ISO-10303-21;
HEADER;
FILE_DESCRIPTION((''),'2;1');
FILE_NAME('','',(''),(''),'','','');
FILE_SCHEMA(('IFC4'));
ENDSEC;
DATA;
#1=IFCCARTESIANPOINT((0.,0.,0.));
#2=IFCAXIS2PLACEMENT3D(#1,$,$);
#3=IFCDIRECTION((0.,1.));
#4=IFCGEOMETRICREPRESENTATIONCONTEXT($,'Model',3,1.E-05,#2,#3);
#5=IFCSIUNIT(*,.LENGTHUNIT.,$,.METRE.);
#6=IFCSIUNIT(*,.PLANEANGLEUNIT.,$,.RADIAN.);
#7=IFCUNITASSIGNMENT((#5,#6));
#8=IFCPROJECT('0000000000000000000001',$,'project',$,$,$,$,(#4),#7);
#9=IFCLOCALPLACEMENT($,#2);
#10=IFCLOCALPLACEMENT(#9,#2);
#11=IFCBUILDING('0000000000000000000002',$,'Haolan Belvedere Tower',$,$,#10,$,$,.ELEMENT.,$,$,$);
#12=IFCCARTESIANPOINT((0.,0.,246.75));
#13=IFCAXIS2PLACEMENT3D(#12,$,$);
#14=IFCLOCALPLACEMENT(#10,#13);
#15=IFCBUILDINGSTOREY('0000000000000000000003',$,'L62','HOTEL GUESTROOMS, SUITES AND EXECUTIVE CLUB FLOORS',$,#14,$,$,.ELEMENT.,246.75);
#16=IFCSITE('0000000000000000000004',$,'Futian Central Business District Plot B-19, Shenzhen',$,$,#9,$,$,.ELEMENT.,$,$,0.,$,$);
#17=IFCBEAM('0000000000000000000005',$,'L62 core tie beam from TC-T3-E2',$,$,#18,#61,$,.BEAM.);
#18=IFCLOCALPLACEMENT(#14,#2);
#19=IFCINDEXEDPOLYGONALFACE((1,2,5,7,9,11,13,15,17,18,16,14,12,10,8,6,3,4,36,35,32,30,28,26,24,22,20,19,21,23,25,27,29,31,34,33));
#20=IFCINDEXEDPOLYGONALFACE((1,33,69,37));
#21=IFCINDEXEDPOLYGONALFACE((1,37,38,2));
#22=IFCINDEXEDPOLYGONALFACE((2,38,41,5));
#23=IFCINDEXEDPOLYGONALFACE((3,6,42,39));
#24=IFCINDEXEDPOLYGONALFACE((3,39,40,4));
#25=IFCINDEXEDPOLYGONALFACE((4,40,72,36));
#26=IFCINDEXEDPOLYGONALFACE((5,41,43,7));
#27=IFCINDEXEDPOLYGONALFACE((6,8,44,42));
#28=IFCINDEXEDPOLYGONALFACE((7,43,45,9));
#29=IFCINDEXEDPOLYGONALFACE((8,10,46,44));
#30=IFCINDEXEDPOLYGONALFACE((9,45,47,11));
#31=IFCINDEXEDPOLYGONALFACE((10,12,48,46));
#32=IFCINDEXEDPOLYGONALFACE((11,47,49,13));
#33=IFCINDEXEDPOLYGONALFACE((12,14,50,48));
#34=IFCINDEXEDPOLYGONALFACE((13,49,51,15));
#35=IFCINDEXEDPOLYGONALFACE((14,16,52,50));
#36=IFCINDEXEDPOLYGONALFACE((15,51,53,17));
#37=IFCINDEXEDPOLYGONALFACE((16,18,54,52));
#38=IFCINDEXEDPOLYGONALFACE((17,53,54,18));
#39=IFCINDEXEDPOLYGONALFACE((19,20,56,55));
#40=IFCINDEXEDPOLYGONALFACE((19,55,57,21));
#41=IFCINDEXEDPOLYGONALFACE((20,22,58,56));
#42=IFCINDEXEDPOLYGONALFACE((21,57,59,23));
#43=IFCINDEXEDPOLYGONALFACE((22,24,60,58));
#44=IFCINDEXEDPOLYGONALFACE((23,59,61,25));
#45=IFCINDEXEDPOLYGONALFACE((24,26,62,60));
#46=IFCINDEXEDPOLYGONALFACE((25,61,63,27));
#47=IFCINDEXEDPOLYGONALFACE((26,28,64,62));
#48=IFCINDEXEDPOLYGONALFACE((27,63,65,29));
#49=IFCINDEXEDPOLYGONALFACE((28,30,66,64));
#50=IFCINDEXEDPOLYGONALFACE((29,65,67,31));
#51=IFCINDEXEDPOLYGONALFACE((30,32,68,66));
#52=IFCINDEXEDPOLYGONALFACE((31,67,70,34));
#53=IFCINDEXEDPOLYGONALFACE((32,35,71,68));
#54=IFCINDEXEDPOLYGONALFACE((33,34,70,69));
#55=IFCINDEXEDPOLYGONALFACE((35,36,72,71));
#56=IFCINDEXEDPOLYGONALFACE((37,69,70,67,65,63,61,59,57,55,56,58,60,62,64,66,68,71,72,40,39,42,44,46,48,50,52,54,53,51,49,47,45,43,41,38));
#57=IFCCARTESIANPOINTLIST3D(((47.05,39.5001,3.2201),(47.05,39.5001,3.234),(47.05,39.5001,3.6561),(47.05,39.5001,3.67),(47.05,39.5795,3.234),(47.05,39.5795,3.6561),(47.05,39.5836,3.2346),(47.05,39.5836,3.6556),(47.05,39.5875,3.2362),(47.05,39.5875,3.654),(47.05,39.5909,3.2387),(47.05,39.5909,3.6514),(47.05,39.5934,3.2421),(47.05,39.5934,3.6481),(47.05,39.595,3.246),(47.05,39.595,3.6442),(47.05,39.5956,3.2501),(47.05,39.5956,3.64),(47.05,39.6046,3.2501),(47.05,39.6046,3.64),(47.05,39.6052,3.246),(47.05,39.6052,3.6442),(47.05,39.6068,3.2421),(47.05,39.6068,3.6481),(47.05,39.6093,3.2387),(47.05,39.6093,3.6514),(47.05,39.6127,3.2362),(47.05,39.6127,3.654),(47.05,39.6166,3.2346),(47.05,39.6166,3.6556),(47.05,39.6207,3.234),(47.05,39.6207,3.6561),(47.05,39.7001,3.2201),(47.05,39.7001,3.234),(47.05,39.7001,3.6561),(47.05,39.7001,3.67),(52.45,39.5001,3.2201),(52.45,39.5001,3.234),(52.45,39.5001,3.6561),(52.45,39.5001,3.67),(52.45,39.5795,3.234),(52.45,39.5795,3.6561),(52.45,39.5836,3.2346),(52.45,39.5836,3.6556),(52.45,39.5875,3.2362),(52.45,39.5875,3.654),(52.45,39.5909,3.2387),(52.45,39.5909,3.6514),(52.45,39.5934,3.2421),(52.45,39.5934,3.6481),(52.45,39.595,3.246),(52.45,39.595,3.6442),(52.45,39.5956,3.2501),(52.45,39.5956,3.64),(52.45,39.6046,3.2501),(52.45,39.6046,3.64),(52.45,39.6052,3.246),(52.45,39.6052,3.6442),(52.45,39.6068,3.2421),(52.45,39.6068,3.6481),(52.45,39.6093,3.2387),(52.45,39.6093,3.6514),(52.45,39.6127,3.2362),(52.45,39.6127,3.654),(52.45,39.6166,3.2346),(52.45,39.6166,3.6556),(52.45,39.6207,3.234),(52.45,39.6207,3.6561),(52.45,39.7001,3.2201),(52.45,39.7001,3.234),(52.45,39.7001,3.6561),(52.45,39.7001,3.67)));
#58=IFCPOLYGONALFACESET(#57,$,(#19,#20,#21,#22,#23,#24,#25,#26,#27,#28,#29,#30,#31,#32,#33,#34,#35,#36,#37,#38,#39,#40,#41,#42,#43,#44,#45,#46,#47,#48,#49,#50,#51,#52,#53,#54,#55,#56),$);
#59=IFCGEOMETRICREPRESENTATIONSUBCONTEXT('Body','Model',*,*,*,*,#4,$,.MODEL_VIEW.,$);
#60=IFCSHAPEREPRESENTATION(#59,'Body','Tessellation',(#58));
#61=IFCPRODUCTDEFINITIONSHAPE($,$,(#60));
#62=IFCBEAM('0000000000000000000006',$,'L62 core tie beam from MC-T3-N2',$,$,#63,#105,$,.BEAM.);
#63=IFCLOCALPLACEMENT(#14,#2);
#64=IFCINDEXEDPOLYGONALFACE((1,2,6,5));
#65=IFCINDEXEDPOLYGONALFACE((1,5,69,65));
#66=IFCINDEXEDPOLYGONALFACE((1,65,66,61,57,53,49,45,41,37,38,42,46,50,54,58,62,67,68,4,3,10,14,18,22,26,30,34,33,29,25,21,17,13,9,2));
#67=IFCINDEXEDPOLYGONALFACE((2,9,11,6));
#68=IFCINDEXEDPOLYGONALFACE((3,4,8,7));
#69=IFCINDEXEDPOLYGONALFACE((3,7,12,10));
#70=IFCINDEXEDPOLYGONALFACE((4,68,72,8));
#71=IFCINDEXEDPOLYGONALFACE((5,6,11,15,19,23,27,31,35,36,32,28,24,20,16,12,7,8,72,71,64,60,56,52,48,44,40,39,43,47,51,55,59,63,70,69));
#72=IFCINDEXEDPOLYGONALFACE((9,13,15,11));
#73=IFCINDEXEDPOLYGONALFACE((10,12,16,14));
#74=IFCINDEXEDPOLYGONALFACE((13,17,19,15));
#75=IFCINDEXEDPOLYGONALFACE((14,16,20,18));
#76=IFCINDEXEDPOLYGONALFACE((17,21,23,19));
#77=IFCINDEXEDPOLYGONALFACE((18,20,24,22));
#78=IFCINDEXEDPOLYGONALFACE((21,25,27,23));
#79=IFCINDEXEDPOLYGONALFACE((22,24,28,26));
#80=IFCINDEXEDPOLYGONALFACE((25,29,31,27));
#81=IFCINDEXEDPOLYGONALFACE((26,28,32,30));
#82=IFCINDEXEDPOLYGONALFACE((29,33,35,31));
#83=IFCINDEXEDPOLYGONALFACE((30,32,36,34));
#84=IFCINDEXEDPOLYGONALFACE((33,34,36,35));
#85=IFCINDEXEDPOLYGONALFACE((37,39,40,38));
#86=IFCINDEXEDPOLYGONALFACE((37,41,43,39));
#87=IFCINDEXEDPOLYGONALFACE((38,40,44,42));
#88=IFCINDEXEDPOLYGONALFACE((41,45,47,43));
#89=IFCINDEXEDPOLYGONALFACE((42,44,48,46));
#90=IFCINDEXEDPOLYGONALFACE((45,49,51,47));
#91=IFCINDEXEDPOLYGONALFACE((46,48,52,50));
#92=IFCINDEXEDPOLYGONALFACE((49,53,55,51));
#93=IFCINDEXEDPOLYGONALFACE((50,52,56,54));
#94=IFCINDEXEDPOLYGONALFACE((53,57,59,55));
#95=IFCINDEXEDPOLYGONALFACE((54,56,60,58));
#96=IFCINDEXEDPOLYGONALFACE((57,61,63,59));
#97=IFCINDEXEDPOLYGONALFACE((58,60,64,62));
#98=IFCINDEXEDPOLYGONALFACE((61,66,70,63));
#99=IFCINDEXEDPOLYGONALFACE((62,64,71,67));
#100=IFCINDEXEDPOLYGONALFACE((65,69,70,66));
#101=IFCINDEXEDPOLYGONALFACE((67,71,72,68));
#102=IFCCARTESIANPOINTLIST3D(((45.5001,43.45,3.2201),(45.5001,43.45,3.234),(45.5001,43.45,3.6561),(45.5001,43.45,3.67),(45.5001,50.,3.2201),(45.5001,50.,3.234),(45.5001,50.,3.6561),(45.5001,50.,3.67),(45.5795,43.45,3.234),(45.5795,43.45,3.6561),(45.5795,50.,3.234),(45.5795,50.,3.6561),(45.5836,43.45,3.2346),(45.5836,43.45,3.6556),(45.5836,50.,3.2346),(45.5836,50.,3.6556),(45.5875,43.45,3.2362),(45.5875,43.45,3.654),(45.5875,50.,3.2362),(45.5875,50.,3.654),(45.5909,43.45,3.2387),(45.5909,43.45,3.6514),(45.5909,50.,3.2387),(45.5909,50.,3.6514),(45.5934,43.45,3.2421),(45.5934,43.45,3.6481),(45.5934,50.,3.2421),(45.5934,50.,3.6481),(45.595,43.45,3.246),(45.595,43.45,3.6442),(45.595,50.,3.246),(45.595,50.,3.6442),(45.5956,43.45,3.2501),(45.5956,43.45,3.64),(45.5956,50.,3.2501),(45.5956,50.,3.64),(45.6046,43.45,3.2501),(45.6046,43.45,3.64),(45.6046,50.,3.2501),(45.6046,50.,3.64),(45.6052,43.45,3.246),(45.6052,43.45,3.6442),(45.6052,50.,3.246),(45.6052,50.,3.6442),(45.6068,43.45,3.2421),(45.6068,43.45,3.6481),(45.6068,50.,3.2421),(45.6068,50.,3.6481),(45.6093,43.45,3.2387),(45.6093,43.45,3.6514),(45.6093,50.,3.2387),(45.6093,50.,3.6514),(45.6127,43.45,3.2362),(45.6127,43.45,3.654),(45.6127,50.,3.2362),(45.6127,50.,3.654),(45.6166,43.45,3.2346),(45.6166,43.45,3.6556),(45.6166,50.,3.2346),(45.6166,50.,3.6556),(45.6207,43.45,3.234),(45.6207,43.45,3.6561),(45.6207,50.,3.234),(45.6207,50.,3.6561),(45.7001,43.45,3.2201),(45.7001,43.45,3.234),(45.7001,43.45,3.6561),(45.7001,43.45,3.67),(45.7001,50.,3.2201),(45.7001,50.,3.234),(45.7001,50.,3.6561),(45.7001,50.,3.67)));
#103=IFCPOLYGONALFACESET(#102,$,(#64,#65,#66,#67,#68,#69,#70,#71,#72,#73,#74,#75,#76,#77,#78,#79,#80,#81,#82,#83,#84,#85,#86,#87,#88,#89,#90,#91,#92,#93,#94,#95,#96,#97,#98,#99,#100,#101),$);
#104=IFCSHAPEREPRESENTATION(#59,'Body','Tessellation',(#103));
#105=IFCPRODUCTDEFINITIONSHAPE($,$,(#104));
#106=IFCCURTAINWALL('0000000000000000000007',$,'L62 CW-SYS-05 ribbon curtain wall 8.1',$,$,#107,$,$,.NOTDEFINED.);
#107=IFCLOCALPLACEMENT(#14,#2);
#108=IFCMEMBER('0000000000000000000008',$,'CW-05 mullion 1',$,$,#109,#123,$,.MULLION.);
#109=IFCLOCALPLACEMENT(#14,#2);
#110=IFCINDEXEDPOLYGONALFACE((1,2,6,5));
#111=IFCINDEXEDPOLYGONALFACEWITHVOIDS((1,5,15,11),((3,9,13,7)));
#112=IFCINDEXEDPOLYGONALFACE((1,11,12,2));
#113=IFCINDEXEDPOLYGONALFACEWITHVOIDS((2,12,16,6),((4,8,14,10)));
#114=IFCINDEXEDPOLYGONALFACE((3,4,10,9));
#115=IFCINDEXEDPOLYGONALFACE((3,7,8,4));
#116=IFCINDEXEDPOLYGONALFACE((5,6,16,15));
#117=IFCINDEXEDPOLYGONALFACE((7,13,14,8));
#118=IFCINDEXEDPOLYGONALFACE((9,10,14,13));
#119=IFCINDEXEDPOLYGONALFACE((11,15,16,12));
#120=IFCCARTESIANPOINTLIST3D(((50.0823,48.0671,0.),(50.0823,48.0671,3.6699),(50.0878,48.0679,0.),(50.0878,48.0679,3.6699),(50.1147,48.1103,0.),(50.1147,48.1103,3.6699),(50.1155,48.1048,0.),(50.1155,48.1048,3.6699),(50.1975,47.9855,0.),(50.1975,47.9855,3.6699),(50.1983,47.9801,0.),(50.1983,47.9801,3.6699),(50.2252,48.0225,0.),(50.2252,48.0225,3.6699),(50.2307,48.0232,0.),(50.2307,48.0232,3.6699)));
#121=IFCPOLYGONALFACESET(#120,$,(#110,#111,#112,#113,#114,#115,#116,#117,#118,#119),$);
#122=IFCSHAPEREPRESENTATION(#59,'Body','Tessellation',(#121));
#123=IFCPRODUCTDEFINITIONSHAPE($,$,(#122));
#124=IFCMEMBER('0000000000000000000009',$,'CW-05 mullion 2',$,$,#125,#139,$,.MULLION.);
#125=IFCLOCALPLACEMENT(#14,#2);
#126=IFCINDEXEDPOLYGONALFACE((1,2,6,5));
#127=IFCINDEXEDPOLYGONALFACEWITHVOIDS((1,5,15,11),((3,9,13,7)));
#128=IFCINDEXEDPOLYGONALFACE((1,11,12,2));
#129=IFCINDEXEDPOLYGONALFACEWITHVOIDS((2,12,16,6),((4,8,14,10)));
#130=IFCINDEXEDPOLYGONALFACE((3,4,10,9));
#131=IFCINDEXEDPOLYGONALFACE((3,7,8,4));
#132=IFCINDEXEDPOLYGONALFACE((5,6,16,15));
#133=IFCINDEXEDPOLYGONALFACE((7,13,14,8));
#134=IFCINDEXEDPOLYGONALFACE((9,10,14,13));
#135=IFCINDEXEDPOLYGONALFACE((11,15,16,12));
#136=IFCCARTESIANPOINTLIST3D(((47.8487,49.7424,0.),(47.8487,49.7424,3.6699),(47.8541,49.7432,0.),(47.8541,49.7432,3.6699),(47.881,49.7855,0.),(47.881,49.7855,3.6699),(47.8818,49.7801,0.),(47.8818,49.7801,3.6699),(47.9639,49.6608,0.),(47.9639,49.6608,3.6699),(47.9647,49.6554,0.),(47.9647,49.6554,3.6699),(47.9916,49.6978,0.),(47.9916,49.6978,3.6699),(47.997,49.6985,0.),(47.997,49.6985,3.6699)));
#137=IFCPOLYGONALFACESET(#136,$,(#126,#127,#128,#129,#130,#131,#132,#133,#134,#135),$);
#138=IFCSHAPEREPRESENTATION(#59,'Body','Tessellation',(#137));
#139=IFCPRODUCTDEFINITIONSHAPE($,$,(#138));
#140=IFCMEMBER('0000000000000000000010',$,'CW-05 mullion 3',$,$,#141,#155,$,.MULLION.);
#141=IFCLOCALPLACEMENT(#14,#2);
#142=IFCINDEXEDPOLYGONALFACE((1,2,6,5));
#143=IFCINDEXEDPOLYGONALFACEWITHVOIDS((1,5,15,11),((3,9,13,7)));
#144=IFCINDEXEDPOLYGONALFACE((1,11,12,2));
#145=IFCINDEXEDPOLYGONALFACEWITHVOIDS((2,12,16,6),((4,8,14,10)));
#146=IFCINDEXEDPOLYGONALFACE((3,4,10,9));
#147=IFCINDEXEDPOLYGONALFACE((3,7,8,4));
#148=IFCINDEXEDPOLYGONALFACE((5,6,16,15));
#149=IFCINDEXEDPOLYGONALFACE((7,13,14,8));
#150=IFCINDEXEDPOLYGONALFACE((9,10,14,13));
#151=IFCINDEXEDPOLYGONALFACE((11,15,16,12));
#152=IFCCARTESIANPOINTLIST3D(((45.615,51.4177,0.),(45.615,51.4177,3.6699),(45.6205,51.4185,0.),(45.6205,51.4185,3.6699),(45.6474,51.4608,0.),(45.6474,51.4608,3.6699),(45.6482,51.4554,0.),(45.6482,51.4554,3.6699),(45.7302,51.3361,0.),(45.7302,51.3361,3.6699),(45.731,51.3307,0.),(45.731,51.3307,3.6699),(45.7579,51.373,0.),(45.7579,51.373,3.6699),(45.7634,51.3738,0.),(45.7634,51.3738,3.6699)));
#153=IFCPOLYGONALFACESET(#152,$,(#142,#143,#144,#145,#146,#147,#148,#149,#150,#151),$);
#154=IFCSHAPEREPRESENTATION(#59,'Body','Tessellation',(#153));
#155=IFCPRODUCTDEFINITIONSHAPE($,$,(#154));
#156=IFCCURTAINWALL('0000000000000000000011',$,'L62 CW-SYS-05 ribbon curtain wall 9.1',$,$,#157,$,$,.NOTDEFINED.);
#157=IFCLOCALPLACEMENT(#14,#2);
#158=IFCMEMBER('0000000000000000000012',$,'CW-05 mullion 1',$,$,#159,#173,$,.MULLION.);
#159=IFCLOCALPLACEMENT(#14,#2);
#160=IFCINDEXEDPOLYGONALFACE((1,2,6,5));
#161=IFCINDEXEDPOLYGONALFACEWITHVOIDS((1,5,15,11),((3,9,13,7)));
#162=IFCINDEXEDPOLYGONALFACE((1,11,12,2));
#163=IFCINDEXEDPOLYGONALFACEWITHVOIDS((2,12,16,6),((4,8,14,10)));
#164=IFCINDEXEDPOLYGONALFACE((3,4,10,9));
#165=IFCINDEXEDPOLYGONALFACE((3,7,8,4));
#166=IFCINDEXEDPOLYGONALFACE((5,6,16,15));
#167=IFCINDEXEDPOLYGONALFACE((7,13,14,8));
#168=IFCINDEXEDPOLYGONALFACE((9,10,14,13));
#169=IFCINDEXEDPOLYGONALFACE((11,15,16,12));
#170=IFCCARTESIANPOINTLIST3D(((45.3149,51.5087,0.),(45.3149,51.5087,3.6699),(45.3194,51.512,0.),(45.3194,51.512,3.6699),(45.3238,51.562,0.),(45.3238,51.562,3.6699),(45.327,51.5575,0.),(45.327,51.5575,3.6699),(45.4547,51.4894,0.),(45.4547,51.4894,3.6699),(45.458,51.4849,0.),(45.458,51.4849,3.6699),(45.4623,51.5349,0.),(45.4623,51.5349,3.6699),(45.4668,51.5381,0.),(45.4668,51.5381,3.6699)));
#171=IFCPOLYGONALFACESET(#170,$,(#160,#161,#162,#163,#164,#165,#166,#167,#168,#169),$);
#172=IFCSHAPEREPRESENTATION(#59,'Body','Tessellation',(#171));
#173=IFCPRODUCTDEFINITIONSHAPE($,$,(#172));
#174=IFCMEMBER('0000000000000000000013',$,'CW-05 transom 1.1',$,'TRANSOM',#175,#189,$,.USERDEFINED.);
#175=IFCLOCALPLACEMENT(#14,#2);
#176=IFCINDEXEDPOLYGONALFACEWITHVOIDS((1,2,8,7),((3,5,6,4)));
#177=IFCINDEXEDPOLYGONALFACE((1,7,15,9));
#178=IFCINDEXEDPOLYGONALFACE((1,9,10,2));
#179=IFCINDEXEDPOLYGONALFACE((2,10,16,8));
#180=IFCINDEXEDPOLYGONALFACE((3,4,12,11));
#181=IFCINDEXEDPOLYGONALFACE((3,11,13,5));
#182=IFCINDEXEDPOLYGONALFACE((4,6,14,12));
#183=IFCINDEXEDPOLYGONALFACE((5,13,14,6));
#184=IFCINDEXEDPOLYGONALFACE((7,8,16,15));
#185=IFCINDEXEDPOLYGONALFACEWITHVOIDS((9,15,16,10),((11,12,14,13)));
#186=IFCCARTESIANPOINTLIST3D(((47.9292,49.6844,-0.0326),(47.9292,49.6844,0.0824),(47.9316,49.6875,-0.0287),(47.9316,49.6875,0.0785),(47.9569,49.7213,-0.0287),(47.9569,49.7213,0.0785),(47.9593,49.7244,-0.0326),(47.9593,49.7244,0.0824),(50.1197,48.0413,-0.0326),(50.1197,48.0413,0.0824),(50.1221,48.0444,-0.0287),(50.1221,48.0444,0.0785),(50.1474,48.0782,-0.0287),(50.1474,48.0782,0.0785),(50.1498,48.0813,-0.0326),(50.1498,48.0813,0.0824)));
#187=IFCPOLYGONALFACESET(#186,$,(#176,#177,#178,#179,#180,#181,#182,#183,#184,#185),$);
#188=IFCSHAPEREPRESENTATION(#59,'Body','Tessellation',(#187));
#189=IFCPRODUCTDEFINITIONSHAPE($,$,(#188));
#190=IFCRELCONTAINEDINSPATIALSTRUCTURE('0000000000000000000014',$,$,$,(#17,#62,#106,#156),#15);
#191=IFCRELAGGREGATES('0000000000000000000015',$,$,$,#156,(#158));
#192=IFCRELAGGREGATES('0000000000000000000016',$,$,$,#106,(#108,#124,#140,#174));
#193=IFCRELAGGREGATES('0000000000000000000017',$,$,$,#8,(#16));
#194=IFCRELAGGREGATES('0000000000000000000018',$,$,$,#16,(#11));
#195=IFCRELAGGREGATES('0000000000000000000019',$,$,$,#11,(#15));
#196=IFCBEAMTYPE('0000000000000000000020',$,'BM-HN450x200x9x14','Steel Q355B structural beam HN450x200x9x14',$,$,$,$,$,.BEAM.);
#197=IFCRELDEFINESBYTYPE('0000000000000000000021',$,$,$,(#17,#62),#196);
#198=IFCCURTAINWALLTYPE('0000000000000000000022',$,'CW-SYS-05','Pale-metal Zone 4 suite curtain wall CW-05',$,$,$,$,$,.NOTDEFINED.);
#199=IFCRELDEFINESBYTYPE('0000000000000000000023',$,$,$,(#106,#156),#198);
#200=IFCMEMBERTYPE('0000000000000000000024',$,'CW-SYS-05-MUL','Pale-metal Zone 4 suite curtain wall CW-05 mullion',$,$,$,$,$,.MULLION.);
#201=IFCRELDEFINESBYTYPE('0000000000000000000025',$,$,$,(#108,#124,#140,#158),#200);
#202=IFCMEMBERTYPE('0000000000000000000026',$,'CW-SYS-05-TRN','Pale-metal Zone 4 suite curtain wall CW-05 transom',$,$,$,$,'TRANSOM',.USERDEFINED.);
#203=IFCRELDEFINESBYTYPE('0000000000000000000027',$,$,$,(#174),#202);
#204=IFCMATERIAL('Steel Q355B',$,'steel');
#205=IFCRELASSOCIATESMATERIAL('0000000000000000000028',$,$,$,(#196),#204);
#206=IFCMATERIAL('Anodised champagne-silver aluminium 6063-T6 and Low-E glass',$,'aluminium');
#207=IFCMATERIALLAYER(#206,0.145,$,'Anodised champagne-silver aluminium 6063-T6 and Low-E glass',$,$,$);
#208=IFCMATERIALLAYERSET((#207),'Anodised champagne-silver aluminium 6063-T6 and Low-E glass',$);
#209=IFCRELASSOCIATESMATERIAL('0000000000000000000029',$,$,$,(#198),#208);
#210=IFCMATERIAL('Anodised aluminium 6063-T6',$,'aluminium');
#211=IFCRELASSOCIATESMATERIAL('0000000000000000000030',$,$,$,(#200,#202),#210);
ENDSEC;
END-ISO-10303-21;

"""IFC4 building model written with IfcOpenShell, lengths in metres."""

from ifc_helpers import new_model, si_unit, direction, frame, origin, origin_2d, place, context, subcontext, project, spatial, hollow_rectangle, i_section, extrude, material, layer, layer_set, material_profile, profile_set, type_object, element, aggregate, save


model = new_model("IFC4")

# Units and contexts
model_context = context("Model", 3, precision=1e-05, world=origin(), true_north=direction((0.0, 1.0)))
body_context = subcontext(model_context, "Body", "Model", "MODEL_VIEW")
ifc_project = project(units=[si_unit("LENGTHUNIT", "METRE"), si_unit("PLANEANGLEUNIT", "RADIAN")], contexts=[model_context])

# Site, building, storey
site_placement = place(None, origin())
site = spatial("IfcSite", under=ifc_project, at=site_placement, Name="Futian Central Business District Plot B-19, Shenzhen", CompositionType="ELEMENT", RefElevation=0.0)
building_placement = place(site_placement, origin())
building = spatial("IfcBuilding", under=site, at=building_placement, Name="Haolan Belvedere Tower", CompositionType="ELEMENT")
storey_placement = place(building_placement, frame((0.0, 0.0, 246.75)))
storey = spatial("IfcBuildingStorey", under=building, at=storey_placement, Name="L62", Description="HOTEL GUESTROOMS, SUITES AND EXECUTIVE CLUB FLOORS", CompositionType="ELEMENT", Elevation=246.75)

# Beams
ifc_material_1 = material(Name="Steel Q355B", Category="steel")
ifc_material_profile_1 = material_profile(ifc_material_1, i_section(OverallWidth=0.2, OverallDepth=0.45, WebThickness=0.009, FlangeThickness=0.0139, FilletRadius=0.0161, at=origin_2d()), Name="Steel Q355B")
ifc_profile_set_1 = profile_set([ifc_material_profile_1], Name="Steel Q355B")
beam_type_1 = type_object("IfcBeamType", Name="BM-HN450x200x9x14", Description="Steel Q355B structural beam HN450x200x9x14", PredefinedType="BEAM", material=ifc_profile_set_1)
beam_1_placement = place(storey_placement, frame((52.45, 39.6001, 3.4451), z_axis=(-1.0, 0.0, 0.0), x_axis=(0.0, -1.0, 0.0)))
element("IfcBeam", 1, at=beam_1_placement, inside=storey, type_object=beam_type_1, Name="L62 core tie beam from TC-T3-E2", PredefinedType="BEAM", context=body_context, shape_type="SweptSolid", body=[
    extrude(i_section(OverallWidth=0.2, OverallDepth=0.45, WebThickness=0.009, FlangeThickness=0.0139, FilletRadius=0.0161, at=origin_2d()), origin(), (0.0, 0.0, 1.0), 5.3999),
])
beam_2_placement = place(storey_placement, frame((45.6001, 50.0, 3.4451), z_axis=(0.0, -1.0, 0.0), x_axis=(1.0, 0.0, 0.0)))
element("IfcBeam", 2, at=beam_2_placement, inside=storey, type_object=beam_type_1, Name="L62 core tie beam from MC-T3-N2", PredefinedType="BEAM", context=body_context, shape_type="SweptSolid", body=[
    extrude(i_section(OverallWidth=0.2, OverallDepth=0.45, WebThickness=0.009, FlangeThickness=0.0139, FilletRadius=0.0161, at=origin_2d()), origin(), (0.0, 0.0, 1.0), 6.55),
])

# Curtain wall, members
ifc_material_2 = material(Name="Anodised champagne-silver aluminium 6063-T6 and Low-E glass", Category="aluminium")
ifc_layer_1 = layer(ifc_material_2, 0.145, Name="Anodised champagne-silver aluminium 6063-T6 and Low-E glass")
ifc_layer_set_1 = layer_set([ifc_layer_1], Name="Anodised champagne-silver aluminium 6063-T6 and Low-E glass")
curtain_wall_type = type_object("IfcCurtainWallType", Name="CW-SYS-05", Description="Pale-metal Zone 4 suite curtain wall CW-05", PredefinedType="NOTDEFINED", material=ifc_layer_set_1)
curtain_wall_1_placement = place(storey_placement, origin())
curtain_wall_1 = element("IfcCurtainWall", 3, at=curtain_wall_1_placement, inside=storey, type_object=curtain_wall_type, Name="L62 CW-SYS-05 ribbon curtain wall 8.1", PredefinedType="NOTDEFINED")
ifc_material_3 = material(Name="Anodised aluminium 6063-T6", Category="aluminium")
ifc_material_profile_2 = material_profile(ifc_material_3, hollow_rectangle(XDim=0.054, YDim=0.145, WallThickness=0.0039, at=origin_2d()), Name="Anodised aluminium 6063-T6")
ifc_profile_set_2 = profile_set([ifc_material_profile_2], Name="Anodised aluminium 6063-T6")
member_type_1 = type_object("IfcMemberType", Name="CW-SYS-05-MUL", Description="Pale-metal Zone 4 suite curtain wall CW-05 mullion", PredefinedType="MULLION", material=ifc_profile_set_2)
member_1_placement = place(storey_placement, frame((50.1565, 48.0452, 0.0), z_axis=(0.0, 0.0, 1.0), x_axis=(-0.600003, -0.799998, 0.0)))
member_1 = element("IfcMember", 4, at=member_1_placement, type_object=member_type_1, Name="CW-05 mullion 1", PredefinedType="MULLION", context=body_context, shape_type="SweptSolid", body=[
    extrude(hollow_rectangle(XDim=0.054, YDim=0.145, WallThickness=0.0039, at=origin_2d()), origin(), (0.0, 0.0, 1.0), 3.6699),
])
member_2_placement = place(storey_placement, frame((47.9229, 49.7205, 0.0), z_axis=(0.0, 0.0, 1.0), x_axis=(-0.600003, -0.799998, 0.0)))
member_2 = element("IfcMember", 5, at=member_2_placement, type_object=member_type_1, Name="CW-05 mullion 2", PredefinedType="MULLION", context=body_context, shape_type="SweptSolid", body=[
    extrude(hollow_rectangle(XDim=0.054, YDim=0.145, WallThickness=0.0039, at=origin_2d()), origin(), (0.0, 0.0, 1.0), 3.6699),
])
member_3_placement = place(storey_placement, frame((45.6892, 51.3958, 0.0), z_axis=(0.0, 0.0, 1.0), x_axis=(-0.600003, -0.799998, 0.0)))
member_3 = element("IfcMember", 6, at=member_3_placement, type_object=member_type_1, Name="CW-05 mullion 3", PredefinedType="MULLION", context=body_context, shape_type="SweptSolid", body=[
    extrude(hollow_rectangle(XDim=0.054, YDim=0.145, WallThickness=0.0039, at=origin_2d()), origin(), (0.0, 0.0, 1.0), 3.6699),
])

# Curtain wall, member
curtain_wall_2_placement = place(storey_placement, origin())
curtain_wall_2 = element("IfcCurtainWall", 7, at=curtain_wall_2_placement, inside=storey, type_object=curtain_wall_type, Name="L62 CW-SYS-05 ribbon curtain wall 9.1", PredefinedType="NOTDEFINED")
member_4_placement = place(storey_placement, frame((45.3909, 51.5234, 0.0), z_axis=(0.0, 0.0, 1.0), x_axis=(-0.164406, -0.986393, 0.0)))
member_4 = element("IfcMember", 8, at=member_4_placement, type_object=member_type_1, Name="CW-05 mullion 1", PredefinedType="MULLION", context=body_context, shape_type="SweptSolid", body=[
    extrude(hollow_rectangle(XDim=0.054, YDim=0.145, WallThickness=0.0039, at=origin_2d()), origin(), (0.0, 0.0, 1.0), 3.6699),
])

# Member
ifc_material_profile_3 = material_profile(ifc_material_3, hollow_rectangle(XDim=0.05, YDim=0.115, WallThickness=0.0039, at=origin_2d()), Name="Anodised aluminium 6063-T6")
ifc_profile_set_3 = profile_set([ifc_material_profile_3], Name="Anodised aluminium 6063-T6")
member_type_2 = type_object("IfcMemberType", Name="CW-SYS-05-TRN", Description="Pale-metal Zone 4 suite curtain wall CW-05 transom", ElementType="TRANSOM", PredefinedType="USERDEFINED", material=ifc_profile_set_3)
member_5_placement = place(storey_placement, frame((50.1348, 48.0613, 0.0249), z_axis=(-0.799957, 0.600057, 0.0), x_axis=(-0.600057, -0.799957, 0.0)))
member_5 = element("IfcMember", 9, at=member_5_placement, type_object=member_type_2, Name="CW-05 transom 1.1", ObjectType="TRANSOM", PredefinedType="USERDEFINED", context=body_context, shape_type="SweptSolid", body=[
    extrude(hollow_rectangle(XDim=0.05, YDim=0.115, WallThickness=0.0039, at=origin_2d()), origin(), (0.0, 0.0, 1.0), 2.7383),
])
aggregate(curtain_wall_2, [member_4])

aggregate(curtain_wall_1, [member_1, member_2, member_3, member_5])

save(model, "model.ifc")
